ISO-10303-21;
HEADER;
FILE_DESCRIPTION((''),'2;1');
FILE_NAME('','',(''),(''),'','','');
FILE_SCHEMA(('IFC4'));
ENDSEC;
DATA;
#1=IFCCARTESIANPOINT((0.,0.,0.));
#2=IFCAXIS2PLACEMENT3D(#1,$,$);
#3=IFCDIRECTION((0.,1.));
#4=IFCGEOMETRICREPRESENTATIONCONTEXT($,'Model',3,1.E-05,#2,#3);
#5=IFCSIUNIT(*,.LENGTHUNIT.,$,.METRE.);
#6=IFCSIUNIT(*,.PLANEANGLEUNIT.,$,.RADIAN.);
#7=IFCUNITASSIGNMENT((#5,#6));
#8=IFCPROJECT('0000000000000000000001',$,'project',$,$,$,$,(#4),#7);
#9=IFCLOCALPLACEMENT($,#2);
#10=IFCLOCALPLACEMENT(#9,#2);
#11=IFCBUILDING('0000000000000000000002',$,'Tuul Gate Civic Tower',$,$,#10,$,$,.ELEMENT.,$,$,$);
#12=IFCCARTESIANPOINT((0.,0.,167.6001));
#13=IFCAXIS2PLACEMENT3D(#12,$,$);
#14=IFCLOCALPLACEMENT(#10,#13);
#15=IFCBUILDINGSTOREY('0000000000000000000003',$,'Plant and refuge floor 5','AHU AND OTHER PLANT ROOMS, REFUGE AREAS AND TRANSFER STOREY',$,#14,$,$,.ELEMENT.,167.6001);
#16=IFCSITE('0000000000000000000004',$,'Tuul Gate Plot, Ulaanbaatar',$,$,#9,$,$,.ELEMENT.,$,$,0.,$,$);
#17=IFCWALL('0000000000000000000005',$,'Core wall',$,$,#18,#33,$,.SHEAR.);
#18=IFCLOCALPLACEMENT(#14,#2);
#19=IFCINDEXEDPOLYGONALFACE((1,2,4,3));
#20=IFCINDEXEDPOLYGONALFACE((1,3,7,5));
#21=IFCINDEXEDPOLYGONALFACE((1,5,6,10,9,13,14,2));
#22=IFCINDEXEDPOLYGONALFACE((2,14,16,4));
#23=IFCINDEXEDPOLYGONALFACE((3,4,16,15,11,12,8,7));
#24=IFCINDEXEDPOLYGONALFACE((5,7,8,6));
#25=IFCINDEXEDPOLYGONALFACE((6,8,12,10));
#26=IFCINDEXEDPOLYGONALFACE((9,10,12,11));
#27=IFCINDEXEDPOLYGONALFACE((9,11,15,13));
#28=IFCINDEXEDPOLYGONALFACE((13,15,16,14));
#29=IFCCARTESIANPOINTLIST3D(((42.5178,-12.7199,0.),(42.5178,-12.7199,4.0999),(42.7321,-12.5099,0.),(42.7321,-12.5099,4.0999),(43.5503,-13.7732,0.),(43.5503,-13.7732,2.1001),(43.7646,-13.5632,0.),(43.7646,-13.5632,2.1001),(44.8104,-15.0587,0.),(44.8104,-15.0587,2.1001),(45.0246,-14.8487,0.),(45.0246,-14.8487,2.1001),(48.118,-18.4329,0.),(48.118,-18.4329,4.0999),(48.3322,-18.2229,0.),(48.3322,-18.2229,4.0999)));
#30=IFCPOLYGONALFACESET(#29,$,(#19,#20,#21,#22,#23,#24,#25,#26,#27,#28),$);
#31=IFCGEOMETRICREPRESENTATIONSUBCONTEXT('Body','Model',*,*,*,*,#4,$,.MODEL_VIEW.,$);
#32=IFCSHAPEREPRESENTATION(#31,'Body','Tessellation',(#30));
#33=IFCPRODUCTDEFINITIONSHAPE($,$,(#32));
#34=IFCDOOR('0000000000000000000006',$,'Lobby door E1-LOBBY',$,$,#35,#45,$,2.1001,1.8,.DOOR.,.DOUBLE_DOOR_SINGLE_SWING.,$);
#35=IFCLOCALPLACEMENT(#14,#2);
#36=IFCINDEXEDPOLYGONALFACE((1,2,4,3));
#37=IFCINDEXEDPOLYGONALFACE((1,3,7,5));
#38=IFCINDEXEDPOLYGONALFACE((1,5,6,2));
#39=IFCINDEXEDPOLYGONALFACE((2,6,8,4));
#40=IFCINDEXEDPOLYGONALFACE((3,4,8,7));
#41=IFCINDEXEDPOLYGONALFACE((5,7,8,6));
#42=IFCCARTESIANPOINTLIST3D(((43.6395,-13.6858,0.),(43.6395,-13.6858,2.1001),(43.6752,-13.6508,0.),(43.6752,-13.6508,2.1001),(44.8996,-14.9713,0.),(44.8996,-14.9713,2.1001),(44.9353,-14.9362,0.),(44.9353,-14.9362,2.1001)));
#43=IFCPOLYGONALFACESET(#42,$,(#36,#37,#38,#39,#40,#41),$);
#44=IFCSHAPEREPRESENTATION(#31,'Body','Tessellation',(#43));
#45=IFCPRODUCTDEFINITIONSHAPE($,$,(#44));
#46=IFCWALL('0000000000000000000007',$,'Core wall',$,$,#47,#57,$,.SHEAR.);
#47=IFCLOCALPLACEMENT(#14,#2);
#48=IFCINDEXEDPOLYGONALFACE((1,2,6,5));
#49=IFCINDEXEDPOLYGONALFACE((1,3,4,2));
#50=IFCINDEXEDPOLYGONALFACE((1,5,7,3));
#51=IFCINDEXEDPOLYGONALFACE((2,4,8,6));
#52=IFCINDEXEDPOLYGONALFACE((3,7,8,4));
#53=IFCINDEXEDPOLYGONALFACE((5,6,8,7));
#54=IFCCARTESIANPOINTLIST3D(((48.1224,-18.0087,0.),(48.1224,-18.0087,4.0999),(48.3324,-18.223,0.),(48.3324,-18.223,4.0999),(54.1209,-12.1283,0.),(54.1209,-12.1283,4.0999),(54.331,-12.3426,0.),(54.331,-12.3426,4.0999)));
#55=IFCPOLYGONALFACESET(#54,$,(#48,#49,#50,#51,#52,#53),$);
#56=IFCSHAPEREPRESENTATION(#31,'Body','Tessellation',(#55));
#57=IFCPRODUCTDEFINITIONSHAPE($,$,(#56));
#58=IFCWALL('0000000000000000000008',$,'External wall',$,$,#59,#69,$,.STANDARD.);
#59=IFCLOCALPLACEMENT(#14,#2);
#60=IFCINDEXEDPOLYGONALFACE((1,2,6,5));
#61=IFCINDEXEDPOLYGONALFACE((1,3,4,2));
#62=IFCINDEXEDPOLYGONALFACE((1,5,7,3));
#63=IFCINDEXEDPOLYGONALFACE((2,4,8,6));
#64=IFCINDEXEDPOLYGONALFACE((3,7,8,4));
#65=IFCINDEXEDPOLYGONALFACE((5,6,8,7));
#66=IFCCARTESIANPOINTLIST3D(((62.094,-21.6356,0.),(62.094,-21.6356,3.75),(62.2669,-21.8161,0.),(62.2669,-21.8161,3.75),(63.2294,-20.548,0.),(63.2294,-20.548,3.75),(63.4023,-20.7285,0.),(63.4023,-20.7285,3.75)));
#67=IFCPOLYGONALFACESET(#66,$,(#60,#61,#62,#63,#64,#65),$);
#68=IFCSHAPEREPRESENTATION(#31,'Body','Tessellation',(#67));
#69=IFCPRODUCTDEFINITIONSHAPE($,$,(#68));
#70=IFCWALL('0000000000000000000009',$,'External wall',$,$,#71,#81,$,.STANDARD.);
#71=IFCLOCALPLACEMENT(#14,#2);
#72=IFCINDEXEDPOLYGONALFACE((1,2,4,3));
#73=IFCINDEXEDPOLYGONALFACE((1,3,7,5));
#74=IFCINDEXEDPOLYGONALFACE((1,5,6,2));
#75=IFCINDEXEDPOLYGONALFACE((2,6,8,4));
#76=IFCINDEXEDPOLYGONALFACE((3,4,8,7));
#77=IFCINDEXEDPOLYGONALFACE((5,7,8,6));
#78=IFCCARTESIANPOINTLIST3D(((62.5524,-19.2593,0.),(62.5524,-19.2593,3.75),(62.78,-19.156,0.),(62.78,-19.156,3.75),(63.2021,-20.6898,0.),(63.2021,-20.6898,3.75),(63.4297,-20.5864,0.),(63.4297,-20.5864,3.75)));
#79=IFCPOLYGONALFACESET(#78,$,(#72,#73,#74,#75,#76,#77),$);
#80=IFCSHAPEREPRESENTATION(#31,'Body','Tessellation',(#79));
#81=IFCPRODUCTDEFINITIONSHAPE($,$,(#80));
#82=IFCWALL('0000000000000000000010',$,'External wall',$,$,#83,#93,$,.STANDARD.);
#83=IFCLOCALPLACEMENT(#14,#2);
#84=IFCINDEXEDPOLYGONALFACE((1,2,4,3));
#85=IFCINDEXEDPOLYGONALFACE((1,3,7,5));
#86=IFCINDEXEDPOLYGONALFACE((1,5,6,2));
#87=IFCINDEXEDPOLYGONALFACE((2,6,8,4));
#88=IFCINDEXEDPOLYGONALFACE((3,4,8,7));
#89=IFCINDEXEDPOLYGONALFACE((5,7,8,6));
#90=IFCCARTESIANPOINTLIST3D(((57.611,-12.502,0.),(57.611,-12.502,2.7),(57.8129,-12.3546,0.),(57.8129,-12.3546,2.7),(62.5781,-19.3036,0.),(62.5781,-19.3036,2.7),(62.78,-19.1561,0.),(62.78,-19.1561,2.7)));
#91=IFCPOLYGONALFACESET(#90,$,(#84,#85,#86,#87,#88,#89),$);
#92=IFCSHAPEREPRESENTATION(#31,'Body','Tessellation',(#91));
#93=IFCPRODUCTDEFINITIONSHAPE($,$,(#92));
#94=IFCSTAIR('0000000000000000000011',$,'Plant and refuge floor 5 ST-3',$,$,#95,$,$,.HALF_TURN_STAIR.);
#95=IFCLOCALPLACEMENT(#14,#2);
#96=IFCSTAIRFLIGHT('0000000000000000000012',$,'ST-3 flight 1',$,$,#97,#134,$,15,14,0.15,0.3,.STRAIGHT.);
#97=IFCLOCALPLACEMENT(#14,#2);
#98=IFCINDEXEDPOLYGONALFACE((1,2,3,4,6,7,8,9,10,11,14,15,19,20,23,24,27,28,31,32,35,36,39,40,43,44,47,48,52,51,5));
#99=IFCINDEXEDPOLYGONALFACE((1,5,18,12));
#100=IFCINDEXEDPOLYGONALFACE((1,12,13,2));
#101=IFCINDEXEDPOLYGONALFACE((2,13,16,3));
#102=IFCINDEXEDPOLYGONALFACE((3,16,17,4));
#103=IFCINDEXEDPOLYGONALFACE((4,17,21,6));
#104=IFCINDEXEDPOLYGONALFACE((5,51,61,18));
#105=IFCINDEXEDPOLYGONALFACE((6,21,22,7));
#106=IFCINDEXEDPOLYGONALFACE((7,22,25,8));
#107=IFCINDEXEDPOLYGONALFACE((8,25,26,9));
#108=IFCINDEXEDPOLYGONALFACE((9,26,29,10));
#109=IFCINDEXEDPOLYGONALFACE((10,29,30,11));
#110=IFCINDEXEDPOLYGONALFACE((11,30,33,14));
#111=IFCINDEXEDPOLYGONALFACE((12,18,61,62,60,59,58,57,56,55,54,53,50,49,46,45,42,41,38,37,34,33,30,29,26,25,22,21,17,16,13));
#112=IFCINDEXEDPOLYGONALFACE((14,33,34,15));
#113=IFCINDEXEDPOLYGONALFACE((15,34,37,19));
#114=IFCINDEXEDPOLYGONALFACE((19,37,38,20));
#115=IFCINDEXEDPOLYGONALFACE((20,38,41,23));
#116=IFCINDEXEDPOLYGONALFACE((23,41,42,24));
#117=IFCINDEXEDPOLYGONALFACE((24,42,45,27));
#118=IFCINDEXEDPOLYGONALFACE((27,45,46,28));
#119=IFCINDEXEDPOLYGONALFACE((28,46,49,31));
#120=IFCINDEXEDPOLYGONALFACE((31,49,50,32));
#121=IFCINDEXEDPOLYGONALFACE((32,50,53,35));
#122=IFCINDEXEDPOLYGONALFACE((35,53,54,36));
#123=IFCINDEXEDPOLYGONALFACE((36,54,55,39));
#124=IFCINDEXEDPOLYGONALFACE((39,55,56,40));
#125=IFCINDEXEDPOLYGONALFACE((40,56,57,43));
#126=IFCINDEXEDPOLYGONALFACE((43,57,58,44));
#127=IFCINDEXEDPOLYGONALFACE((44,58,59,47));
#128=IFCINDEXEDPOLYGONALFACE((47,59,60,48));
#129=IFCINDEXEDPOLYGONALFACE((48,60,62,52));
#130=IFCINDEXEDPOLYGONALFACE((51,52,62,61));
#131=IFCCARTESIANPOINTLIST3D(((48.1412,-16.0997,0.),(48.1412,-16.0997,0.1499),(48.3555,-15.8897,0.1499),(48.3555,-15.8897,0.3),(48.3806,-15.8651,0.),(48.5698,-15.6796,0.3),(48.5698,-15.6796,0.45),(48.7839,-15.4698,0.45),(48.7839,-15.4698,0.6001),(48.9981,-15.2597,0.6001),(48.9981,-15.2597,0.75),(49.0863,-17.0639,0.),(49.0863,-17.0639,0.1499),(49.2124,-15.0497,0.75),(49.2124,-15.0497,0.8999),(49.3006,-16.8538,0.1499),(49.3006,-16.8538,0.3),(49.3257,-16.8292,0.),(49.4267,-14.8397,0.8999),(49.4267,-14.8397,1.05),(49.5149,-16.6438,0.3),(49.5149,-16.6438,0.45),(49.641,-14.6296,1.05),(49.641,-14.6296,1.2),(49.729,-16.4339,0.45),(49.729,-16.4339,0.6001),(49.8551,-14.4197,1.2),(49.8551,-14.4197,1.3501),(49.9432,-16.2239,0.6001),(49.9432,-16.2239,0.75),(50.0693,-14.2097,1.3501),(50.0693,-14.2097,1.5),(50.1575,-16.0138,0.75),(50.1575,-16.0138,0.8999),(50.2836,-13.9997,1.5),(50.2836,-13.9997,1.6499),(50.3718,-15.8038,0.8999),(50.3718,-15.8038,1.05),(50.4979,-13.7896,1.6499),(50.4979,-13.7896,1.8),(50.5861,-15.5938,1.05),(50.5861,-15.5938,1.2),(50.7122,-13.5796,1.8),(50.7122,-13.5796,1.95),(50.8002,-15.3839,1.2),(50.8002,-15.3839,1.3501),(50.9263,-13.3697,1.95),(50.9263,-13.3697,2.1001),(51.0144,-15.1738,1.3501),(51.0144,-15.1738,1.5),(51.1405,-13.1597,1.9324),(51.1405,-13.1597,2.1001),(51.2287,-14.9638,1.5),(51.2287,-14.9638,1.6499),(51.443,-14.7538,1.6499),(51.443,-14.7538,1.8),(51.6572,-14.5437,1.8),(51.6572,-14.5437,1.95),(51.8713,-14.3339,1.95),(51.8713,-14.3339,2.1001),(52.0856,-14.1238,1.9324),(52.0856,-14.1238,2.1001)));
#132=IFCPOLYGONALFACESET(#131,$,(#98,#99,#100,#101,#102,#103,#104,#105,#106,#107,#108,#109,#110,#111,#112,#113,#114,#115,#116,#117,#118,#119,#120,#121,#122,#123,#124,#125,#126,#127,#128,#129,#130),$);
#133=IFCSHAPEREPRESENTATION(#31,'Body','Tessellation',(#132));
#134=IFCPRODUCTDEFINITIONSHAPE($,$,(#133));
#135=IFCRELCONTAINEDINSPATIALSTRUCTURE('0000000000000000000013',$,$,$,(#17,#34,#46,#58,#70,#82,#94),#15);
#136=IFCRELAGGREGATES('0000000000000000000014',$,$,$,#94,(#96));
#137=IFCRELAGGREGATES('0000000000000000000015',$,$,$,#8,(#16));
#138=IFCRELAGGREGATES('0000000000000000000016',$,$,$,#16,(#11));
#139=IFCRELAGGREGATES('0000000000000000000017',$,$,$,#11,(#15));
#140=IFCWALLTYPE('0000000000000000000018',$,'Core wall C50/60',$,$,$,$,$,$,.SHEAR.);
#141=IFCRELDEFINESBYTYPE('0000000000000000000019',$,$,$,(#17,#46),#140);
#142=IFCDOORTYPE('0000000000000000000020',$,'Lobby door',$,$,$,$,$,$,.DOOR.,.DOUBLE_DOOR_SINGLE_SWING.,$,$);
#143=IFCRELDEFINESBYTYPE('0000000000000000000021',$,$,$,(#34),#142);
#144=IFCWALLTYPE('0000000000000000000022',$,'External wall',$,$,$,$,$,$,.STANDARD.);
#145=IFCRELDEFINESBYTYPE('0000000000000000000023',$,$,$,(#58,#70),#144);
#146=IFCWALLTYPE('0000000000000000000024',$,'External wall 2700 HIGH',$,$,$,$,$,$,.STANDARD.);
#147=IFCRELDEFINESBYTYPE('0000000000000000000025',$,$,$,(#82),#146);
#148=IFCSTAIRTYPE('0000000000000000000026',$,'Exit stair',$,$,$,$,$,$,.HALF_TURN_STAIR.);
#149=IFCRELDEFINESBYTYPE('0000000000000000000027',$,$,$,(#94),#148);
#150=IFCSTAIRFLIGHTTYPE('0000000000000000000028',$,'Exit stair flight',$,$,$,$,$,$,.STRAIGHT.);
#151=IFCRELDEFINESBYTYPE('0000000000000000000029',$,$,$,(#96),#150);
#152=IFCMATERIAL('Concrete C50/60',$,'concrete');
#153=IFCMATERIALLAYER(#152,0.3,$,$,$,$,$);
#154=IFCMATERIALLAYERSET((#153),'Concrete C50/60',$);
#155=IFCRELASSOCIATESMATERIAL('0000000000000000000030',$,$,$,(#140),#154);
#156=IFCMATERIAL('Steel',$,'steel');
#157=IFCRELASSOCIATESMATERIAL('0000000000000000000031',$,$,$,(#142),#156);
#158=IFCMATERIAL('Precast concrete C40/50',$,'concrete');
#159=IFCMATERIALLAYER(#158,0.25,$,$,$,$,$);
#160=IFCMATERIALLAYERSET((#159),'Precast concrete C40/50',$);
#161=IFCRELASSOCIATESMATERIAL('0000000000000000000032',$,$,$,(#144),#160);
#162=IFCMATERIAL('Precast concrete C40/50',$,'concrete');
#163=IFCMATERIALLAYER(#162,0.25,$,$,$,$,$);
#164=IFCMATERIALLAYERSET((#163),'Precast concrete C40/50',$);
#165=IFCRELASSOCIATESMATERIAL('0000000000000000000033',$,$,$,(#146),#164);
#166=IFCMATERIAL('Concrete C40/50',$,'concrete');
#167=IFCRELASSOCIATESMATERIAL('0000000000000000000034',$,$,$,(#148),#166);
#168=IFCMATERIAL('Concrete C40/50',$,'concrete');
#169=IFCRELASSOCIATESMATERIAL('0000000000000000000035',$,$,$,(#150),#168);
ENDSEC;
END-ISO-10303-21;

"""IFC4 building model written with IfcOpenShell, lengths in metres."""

from ifc_helpers import new_model, si_unit, direction, frame, frame_2d, origin, place, context, subcontext, project, spatial, polyline, rectangle, outline, extrude, material, layer, layer_set, type_object, element, fill, aggregate, save


model = new_model("IFC4")

# Units and contexts
model_context = context("Model", 3, precision=1e-05, world=origin(), true_north=direction((0.0, 1.0)))
body_context = subcontext(model_context, "Body", "Model", "MODEL_VIEW")
ifc_project = project(units=[si_unit("LENGTHUNIT", "METRE"), si_unit("PLANEANGLEUNIT", "RADIAN")], contexts=[model_context])

# Site, building, storey
site_placement = place(None, origin())
site = spatial("IfcSite", under=ifc_project, at=site_placement, Name="Tuul Gate Plot, Ulaanbaatar", CompositionType="ELEMENT", RefElevation=0.0)
building_placement = place(site_placement, origin())
building = spatial("IfcBuilding", under=site, at=building_placement, Name="Tuul Gate Civic Tower", CompositionType="ELEMENT")
storey_placement = place(building_placement, frame((0.0, 0.0, 167.6001)))
storey = spatial("IfcBuildingStorey", under=building, at=storey_placement, Name="Plant and refuge floor 5", Description="AHU AND OTHER PLANT ROOMS, REFUGE AREAS AND TRANSFER STOREY", CompositionType="ELEMENT", Elevation=167.6001)

# Wall, opening, door
ifc_material_1 = material(Name="Concrete C50/60", Category="concrete")
ifc_layer_1 = layer(ifc_material_1, 0.3)
ifc_layer_set_1 = layer_set([ifc_layer_1], Name="Concrete C50/60")
wall_type_1 = type_object("IfcWallType", Name="Core wall C50/60", PredefinedType="SHEAR", material=ifc_layer_set_1)
wall_1_placement = place(storey_placement, frame((48.2251, -18.3279, 0.0), z_axis=(0.0, 0.0, 1.0), x_axis=(-0.700022, 0.714121, 0.0)))
wall_1 = element("IfcWall", 1, at=wall_1_placement, inside=storey, type_object=wall_type_1, Name="Core wall", PredefinedType="SHEAR", context=body_context, shape_type="SweptSolid", body=[
    extrude(rectangle(XDim=8.0, YDim=0.3, at=frame_2d((4.0, 0.0))), origin(), (0.0, 0.0, 1.0), 4.0999),
])
opening_placement = place(wall_1_placement, frame((4.7251, 0.0, 0.0)))
opening = element("IfcOpeningElement", 2, at=opening_placement, cuts=wall_1, PredefinedType="OPENING", context=body_context, shape_type="SweptSolid", body=[
    extrude(rectangle(XDim=1.8, YDim=2.1001, at=frame_2d((0.8999, 1.05))), frame((0.0, 0.1602, 0.0), z_axis=(0.0, -1.0, 0.0), x_axis=(1.0, 0.0, 0.0)), (0.0, 0.0, 1.0), 0.3201),
])
ifc_material_2 = material(Name="Steel", Category="steel")
door_type = type_object("IfcDoorType", Name="Lobby door", OperationType="DOUBLE_DOOR_SINGLE_SWING", PredefinedType="DOOR", material=ifc_material_2)
door_placement = place(opening_placement, frame((1.8, 0.0, 0.0), z_axis=(0.0, 0.0, 1.0), x_axis=(-1.0, 0.0, 0.0)))
door = element("IfcDoor", 3, at=door_placement, inside=storey, type_object=door_type, Name="Lobby door E1-LOBBY", OperationType="DOUBLE_DOOR_SINGLE_SWING", OverallHeight=2.1001, OverallWidth=1.8, PredefinedType="DOOR", context=body_context, shape_type="SweptSolid", body=[
    extrude(rectangle(XDim=1.8, YDim=2.1001, at=frame_2d((0.9001, 1.05))), frame((0.0, 0.0249, 0.0), z_axis=(0.0, -1.0, 0.0), x_axis=(1.0, 0.0, 0.0)), (0.0, 0.0, 1.0), 0.05),
])
fill(opening, door)

# Walls
wall_2_placement = place(storey_placement, frame((48.2273, -18.116, 0.0), z_axis=(0.0, 0.0, 1.0), x_axis=(0.714105, 0.700038, 0.0)))
element("IfcWall", 4, at=wall_2_placement, inside=storey, type_object=wall_type_1, Name="Core wall", PredefinedType="SHEAR", context=body_context, shape_type="SweptSolid", body=[
    extrude(rectangle(XDim=8.4001, YDim=0.3, at=frame_2d((4.2002, 0.0))), origin(), (0.0, 0.0, 1.0), 4.0999),
])
ifc_material_3 = material(Name="Precast concrete C40/50", Category="concrete")
ifc_layer_2 = layer(ifc_material_3, 0.25)
ifc_layer_set_2 = layer_set([ifc_layer_2], Name="Precast concrete C40/50")
wall_type_2 = type_object("IfcWallType", Name="External wall", PredefinedType="STANDARD", material=ifc_layer_set_2)
wall_3_placement = place(storey_placement, frame((62.1804, -21.7258, 0.0), z_axis=(0.0, 0.0, 1.0), x_axis=(0.722159, 0.691727, 0.0)))
element("IfcWall", 5, at=wall_3_placement, inside=storey, type_object=wall_type_2, Name="External wall", PredefinedType="STANDARD", context=body_context, shape_type="SweptSolid", body=[
    extrude(rectangle(XDim=1.5723, YDim=0.25, at=frame_2d((0.7861, 0.0))), origin(), (0.0, 0.0, 1.0), 3.75),
])
wall_4_placement = place(storey_placement, frame((63.3159, -20.6382, 0.0), z_axis=(0.0, 0.0, 1.0), x_axis=(-0.413522, 0.910494, 0.0)))
element("IfcWall", 6, at=wall_4_placement, inside=storey, type_object=wall_type_2, Name="External wall", PredefinedType="STANDARD", context=body_context, shape_type="SweptSolid", body=[
    extrude(rectangle(XDim=1.571, YDim=0.25, at=frame_2d((0.7856, 0.0))), origin(), (0.0, 0.0, 1.0), 3.75),
])
ifc_material_4 = material(Name="Precast concrete C40/50", Category="concrete")
ifc_layer_3 = layer(ifc_material_4, 0.25)
ifc_layer_set_3 = layer_set([ifc_layer_3], Name="Precast concrete C40/50")
wall_type_3 = type_object("IfcWallType", Name="External wall 2700 HIGH", PredefinedType="STANDARD", material=ifc_layer_set_3)
wall_5_placement = place(storey_placement, frame((62.679, -19.2297, 0.0), z_axis=(0.0, 0.0, 1.0), x_axis=(-0.589761, 0.807578, 0.0)))
element("IfcWall", 7, at=wall_5_placement, inside=storey, type_object=wall_type_3, Name="External wall", PredefinedType="STANDARD", context=body_context, shape_type="SweptSolid", body=[
    extrude(rectangle(XDim=8.4221, YDim=0.25, at=frame_2d((4.2109, 0.0))), origin(), (0.0, 0.0, 1.0), 2.7),
])

# Stair, stair flight
ifc_material_5 = material(Name="Concrete C40/50", Category="concrete")
stair_type = type_object("IfcStairType", Name="Exit stair", PredefinedType="HALF_TURN_STAIR", material=ifc_material_5)
stair_placement = place(storey_placement, origin())
stair = element("IfcStair", 8, at=stair_placement, inside=storey, type_object=stair_type, Name="Plant and refuge floor 5 ST-3", PredefinedType="HALF_TURN_STAIR")
ifc_material_6 = material(Name="Concrete C40/50", Category="concrete")
stair_flight_type = type_object("IfcStairFlightType", Name="Exit stair flight", PredefinedType="STRAIGHT", material=ifc_material_6)
stair_flight_placement = place(storey_placement, frame((48.6138, -16.5818, 0.0), z_axis=(0.0, 0.0, 1.0), x_axis=(0.714127, 0.700016, 0.0)))
stair_flight = element("IfcStairFlight", 9, at=stair_flight_placement, type_object=stair_flight_type, Name="ST-3 flight 1", NumberOfRisers=15, NumberOfTreads=14, PredefinedType="STRAIGHT", RiserHeight=0.15, TreadLength=0.3, context=body_context, shape_type="SweptSolid", body=[
    extrude(outline(polyline([(0.0, 0.0), (0.0, 0.1499), (0.3, 0.1499), (0.3, 0.3), (0.6001, 0.3), (0.6001, 0.45), (0.8999, 0.45), (0.8999, 0.6001), (1.2, 0.6001), (1.2, 0.75), (1.5, 0.75), (1.5, 0.8999), (1.8, 0.8999), (1.8, 1.05), (2.1001, 1.05), (2.1001, 1.2), (2.3999, 1.2), (2.3999, 1.3501), (2.7, 1.3501), (2.7, 1.5), (3.0, 1.5), (3.0, 1.6499), (3.3, 1.6499), (3.3, 1.8), (3.6001, 1.8), (3.6001, 1.95), (3.8999, 1.95), (3.8999, 2.1001), (4.2, 2.1001), (4.2, 2.25), (4.2, 1.9324), (0.3352, 0.0), (0.0, 0.0)])), frame((0.0, 0.675, 0.0), z_axis=(0.0, -1.0, 0.0), x_axis=(1.0, 0.0, 0.0)), (0.0, 0.0, 1.0), 1.3501),
])
aggregate(stair, [stair_flight])

save(model, "model.ifc")
